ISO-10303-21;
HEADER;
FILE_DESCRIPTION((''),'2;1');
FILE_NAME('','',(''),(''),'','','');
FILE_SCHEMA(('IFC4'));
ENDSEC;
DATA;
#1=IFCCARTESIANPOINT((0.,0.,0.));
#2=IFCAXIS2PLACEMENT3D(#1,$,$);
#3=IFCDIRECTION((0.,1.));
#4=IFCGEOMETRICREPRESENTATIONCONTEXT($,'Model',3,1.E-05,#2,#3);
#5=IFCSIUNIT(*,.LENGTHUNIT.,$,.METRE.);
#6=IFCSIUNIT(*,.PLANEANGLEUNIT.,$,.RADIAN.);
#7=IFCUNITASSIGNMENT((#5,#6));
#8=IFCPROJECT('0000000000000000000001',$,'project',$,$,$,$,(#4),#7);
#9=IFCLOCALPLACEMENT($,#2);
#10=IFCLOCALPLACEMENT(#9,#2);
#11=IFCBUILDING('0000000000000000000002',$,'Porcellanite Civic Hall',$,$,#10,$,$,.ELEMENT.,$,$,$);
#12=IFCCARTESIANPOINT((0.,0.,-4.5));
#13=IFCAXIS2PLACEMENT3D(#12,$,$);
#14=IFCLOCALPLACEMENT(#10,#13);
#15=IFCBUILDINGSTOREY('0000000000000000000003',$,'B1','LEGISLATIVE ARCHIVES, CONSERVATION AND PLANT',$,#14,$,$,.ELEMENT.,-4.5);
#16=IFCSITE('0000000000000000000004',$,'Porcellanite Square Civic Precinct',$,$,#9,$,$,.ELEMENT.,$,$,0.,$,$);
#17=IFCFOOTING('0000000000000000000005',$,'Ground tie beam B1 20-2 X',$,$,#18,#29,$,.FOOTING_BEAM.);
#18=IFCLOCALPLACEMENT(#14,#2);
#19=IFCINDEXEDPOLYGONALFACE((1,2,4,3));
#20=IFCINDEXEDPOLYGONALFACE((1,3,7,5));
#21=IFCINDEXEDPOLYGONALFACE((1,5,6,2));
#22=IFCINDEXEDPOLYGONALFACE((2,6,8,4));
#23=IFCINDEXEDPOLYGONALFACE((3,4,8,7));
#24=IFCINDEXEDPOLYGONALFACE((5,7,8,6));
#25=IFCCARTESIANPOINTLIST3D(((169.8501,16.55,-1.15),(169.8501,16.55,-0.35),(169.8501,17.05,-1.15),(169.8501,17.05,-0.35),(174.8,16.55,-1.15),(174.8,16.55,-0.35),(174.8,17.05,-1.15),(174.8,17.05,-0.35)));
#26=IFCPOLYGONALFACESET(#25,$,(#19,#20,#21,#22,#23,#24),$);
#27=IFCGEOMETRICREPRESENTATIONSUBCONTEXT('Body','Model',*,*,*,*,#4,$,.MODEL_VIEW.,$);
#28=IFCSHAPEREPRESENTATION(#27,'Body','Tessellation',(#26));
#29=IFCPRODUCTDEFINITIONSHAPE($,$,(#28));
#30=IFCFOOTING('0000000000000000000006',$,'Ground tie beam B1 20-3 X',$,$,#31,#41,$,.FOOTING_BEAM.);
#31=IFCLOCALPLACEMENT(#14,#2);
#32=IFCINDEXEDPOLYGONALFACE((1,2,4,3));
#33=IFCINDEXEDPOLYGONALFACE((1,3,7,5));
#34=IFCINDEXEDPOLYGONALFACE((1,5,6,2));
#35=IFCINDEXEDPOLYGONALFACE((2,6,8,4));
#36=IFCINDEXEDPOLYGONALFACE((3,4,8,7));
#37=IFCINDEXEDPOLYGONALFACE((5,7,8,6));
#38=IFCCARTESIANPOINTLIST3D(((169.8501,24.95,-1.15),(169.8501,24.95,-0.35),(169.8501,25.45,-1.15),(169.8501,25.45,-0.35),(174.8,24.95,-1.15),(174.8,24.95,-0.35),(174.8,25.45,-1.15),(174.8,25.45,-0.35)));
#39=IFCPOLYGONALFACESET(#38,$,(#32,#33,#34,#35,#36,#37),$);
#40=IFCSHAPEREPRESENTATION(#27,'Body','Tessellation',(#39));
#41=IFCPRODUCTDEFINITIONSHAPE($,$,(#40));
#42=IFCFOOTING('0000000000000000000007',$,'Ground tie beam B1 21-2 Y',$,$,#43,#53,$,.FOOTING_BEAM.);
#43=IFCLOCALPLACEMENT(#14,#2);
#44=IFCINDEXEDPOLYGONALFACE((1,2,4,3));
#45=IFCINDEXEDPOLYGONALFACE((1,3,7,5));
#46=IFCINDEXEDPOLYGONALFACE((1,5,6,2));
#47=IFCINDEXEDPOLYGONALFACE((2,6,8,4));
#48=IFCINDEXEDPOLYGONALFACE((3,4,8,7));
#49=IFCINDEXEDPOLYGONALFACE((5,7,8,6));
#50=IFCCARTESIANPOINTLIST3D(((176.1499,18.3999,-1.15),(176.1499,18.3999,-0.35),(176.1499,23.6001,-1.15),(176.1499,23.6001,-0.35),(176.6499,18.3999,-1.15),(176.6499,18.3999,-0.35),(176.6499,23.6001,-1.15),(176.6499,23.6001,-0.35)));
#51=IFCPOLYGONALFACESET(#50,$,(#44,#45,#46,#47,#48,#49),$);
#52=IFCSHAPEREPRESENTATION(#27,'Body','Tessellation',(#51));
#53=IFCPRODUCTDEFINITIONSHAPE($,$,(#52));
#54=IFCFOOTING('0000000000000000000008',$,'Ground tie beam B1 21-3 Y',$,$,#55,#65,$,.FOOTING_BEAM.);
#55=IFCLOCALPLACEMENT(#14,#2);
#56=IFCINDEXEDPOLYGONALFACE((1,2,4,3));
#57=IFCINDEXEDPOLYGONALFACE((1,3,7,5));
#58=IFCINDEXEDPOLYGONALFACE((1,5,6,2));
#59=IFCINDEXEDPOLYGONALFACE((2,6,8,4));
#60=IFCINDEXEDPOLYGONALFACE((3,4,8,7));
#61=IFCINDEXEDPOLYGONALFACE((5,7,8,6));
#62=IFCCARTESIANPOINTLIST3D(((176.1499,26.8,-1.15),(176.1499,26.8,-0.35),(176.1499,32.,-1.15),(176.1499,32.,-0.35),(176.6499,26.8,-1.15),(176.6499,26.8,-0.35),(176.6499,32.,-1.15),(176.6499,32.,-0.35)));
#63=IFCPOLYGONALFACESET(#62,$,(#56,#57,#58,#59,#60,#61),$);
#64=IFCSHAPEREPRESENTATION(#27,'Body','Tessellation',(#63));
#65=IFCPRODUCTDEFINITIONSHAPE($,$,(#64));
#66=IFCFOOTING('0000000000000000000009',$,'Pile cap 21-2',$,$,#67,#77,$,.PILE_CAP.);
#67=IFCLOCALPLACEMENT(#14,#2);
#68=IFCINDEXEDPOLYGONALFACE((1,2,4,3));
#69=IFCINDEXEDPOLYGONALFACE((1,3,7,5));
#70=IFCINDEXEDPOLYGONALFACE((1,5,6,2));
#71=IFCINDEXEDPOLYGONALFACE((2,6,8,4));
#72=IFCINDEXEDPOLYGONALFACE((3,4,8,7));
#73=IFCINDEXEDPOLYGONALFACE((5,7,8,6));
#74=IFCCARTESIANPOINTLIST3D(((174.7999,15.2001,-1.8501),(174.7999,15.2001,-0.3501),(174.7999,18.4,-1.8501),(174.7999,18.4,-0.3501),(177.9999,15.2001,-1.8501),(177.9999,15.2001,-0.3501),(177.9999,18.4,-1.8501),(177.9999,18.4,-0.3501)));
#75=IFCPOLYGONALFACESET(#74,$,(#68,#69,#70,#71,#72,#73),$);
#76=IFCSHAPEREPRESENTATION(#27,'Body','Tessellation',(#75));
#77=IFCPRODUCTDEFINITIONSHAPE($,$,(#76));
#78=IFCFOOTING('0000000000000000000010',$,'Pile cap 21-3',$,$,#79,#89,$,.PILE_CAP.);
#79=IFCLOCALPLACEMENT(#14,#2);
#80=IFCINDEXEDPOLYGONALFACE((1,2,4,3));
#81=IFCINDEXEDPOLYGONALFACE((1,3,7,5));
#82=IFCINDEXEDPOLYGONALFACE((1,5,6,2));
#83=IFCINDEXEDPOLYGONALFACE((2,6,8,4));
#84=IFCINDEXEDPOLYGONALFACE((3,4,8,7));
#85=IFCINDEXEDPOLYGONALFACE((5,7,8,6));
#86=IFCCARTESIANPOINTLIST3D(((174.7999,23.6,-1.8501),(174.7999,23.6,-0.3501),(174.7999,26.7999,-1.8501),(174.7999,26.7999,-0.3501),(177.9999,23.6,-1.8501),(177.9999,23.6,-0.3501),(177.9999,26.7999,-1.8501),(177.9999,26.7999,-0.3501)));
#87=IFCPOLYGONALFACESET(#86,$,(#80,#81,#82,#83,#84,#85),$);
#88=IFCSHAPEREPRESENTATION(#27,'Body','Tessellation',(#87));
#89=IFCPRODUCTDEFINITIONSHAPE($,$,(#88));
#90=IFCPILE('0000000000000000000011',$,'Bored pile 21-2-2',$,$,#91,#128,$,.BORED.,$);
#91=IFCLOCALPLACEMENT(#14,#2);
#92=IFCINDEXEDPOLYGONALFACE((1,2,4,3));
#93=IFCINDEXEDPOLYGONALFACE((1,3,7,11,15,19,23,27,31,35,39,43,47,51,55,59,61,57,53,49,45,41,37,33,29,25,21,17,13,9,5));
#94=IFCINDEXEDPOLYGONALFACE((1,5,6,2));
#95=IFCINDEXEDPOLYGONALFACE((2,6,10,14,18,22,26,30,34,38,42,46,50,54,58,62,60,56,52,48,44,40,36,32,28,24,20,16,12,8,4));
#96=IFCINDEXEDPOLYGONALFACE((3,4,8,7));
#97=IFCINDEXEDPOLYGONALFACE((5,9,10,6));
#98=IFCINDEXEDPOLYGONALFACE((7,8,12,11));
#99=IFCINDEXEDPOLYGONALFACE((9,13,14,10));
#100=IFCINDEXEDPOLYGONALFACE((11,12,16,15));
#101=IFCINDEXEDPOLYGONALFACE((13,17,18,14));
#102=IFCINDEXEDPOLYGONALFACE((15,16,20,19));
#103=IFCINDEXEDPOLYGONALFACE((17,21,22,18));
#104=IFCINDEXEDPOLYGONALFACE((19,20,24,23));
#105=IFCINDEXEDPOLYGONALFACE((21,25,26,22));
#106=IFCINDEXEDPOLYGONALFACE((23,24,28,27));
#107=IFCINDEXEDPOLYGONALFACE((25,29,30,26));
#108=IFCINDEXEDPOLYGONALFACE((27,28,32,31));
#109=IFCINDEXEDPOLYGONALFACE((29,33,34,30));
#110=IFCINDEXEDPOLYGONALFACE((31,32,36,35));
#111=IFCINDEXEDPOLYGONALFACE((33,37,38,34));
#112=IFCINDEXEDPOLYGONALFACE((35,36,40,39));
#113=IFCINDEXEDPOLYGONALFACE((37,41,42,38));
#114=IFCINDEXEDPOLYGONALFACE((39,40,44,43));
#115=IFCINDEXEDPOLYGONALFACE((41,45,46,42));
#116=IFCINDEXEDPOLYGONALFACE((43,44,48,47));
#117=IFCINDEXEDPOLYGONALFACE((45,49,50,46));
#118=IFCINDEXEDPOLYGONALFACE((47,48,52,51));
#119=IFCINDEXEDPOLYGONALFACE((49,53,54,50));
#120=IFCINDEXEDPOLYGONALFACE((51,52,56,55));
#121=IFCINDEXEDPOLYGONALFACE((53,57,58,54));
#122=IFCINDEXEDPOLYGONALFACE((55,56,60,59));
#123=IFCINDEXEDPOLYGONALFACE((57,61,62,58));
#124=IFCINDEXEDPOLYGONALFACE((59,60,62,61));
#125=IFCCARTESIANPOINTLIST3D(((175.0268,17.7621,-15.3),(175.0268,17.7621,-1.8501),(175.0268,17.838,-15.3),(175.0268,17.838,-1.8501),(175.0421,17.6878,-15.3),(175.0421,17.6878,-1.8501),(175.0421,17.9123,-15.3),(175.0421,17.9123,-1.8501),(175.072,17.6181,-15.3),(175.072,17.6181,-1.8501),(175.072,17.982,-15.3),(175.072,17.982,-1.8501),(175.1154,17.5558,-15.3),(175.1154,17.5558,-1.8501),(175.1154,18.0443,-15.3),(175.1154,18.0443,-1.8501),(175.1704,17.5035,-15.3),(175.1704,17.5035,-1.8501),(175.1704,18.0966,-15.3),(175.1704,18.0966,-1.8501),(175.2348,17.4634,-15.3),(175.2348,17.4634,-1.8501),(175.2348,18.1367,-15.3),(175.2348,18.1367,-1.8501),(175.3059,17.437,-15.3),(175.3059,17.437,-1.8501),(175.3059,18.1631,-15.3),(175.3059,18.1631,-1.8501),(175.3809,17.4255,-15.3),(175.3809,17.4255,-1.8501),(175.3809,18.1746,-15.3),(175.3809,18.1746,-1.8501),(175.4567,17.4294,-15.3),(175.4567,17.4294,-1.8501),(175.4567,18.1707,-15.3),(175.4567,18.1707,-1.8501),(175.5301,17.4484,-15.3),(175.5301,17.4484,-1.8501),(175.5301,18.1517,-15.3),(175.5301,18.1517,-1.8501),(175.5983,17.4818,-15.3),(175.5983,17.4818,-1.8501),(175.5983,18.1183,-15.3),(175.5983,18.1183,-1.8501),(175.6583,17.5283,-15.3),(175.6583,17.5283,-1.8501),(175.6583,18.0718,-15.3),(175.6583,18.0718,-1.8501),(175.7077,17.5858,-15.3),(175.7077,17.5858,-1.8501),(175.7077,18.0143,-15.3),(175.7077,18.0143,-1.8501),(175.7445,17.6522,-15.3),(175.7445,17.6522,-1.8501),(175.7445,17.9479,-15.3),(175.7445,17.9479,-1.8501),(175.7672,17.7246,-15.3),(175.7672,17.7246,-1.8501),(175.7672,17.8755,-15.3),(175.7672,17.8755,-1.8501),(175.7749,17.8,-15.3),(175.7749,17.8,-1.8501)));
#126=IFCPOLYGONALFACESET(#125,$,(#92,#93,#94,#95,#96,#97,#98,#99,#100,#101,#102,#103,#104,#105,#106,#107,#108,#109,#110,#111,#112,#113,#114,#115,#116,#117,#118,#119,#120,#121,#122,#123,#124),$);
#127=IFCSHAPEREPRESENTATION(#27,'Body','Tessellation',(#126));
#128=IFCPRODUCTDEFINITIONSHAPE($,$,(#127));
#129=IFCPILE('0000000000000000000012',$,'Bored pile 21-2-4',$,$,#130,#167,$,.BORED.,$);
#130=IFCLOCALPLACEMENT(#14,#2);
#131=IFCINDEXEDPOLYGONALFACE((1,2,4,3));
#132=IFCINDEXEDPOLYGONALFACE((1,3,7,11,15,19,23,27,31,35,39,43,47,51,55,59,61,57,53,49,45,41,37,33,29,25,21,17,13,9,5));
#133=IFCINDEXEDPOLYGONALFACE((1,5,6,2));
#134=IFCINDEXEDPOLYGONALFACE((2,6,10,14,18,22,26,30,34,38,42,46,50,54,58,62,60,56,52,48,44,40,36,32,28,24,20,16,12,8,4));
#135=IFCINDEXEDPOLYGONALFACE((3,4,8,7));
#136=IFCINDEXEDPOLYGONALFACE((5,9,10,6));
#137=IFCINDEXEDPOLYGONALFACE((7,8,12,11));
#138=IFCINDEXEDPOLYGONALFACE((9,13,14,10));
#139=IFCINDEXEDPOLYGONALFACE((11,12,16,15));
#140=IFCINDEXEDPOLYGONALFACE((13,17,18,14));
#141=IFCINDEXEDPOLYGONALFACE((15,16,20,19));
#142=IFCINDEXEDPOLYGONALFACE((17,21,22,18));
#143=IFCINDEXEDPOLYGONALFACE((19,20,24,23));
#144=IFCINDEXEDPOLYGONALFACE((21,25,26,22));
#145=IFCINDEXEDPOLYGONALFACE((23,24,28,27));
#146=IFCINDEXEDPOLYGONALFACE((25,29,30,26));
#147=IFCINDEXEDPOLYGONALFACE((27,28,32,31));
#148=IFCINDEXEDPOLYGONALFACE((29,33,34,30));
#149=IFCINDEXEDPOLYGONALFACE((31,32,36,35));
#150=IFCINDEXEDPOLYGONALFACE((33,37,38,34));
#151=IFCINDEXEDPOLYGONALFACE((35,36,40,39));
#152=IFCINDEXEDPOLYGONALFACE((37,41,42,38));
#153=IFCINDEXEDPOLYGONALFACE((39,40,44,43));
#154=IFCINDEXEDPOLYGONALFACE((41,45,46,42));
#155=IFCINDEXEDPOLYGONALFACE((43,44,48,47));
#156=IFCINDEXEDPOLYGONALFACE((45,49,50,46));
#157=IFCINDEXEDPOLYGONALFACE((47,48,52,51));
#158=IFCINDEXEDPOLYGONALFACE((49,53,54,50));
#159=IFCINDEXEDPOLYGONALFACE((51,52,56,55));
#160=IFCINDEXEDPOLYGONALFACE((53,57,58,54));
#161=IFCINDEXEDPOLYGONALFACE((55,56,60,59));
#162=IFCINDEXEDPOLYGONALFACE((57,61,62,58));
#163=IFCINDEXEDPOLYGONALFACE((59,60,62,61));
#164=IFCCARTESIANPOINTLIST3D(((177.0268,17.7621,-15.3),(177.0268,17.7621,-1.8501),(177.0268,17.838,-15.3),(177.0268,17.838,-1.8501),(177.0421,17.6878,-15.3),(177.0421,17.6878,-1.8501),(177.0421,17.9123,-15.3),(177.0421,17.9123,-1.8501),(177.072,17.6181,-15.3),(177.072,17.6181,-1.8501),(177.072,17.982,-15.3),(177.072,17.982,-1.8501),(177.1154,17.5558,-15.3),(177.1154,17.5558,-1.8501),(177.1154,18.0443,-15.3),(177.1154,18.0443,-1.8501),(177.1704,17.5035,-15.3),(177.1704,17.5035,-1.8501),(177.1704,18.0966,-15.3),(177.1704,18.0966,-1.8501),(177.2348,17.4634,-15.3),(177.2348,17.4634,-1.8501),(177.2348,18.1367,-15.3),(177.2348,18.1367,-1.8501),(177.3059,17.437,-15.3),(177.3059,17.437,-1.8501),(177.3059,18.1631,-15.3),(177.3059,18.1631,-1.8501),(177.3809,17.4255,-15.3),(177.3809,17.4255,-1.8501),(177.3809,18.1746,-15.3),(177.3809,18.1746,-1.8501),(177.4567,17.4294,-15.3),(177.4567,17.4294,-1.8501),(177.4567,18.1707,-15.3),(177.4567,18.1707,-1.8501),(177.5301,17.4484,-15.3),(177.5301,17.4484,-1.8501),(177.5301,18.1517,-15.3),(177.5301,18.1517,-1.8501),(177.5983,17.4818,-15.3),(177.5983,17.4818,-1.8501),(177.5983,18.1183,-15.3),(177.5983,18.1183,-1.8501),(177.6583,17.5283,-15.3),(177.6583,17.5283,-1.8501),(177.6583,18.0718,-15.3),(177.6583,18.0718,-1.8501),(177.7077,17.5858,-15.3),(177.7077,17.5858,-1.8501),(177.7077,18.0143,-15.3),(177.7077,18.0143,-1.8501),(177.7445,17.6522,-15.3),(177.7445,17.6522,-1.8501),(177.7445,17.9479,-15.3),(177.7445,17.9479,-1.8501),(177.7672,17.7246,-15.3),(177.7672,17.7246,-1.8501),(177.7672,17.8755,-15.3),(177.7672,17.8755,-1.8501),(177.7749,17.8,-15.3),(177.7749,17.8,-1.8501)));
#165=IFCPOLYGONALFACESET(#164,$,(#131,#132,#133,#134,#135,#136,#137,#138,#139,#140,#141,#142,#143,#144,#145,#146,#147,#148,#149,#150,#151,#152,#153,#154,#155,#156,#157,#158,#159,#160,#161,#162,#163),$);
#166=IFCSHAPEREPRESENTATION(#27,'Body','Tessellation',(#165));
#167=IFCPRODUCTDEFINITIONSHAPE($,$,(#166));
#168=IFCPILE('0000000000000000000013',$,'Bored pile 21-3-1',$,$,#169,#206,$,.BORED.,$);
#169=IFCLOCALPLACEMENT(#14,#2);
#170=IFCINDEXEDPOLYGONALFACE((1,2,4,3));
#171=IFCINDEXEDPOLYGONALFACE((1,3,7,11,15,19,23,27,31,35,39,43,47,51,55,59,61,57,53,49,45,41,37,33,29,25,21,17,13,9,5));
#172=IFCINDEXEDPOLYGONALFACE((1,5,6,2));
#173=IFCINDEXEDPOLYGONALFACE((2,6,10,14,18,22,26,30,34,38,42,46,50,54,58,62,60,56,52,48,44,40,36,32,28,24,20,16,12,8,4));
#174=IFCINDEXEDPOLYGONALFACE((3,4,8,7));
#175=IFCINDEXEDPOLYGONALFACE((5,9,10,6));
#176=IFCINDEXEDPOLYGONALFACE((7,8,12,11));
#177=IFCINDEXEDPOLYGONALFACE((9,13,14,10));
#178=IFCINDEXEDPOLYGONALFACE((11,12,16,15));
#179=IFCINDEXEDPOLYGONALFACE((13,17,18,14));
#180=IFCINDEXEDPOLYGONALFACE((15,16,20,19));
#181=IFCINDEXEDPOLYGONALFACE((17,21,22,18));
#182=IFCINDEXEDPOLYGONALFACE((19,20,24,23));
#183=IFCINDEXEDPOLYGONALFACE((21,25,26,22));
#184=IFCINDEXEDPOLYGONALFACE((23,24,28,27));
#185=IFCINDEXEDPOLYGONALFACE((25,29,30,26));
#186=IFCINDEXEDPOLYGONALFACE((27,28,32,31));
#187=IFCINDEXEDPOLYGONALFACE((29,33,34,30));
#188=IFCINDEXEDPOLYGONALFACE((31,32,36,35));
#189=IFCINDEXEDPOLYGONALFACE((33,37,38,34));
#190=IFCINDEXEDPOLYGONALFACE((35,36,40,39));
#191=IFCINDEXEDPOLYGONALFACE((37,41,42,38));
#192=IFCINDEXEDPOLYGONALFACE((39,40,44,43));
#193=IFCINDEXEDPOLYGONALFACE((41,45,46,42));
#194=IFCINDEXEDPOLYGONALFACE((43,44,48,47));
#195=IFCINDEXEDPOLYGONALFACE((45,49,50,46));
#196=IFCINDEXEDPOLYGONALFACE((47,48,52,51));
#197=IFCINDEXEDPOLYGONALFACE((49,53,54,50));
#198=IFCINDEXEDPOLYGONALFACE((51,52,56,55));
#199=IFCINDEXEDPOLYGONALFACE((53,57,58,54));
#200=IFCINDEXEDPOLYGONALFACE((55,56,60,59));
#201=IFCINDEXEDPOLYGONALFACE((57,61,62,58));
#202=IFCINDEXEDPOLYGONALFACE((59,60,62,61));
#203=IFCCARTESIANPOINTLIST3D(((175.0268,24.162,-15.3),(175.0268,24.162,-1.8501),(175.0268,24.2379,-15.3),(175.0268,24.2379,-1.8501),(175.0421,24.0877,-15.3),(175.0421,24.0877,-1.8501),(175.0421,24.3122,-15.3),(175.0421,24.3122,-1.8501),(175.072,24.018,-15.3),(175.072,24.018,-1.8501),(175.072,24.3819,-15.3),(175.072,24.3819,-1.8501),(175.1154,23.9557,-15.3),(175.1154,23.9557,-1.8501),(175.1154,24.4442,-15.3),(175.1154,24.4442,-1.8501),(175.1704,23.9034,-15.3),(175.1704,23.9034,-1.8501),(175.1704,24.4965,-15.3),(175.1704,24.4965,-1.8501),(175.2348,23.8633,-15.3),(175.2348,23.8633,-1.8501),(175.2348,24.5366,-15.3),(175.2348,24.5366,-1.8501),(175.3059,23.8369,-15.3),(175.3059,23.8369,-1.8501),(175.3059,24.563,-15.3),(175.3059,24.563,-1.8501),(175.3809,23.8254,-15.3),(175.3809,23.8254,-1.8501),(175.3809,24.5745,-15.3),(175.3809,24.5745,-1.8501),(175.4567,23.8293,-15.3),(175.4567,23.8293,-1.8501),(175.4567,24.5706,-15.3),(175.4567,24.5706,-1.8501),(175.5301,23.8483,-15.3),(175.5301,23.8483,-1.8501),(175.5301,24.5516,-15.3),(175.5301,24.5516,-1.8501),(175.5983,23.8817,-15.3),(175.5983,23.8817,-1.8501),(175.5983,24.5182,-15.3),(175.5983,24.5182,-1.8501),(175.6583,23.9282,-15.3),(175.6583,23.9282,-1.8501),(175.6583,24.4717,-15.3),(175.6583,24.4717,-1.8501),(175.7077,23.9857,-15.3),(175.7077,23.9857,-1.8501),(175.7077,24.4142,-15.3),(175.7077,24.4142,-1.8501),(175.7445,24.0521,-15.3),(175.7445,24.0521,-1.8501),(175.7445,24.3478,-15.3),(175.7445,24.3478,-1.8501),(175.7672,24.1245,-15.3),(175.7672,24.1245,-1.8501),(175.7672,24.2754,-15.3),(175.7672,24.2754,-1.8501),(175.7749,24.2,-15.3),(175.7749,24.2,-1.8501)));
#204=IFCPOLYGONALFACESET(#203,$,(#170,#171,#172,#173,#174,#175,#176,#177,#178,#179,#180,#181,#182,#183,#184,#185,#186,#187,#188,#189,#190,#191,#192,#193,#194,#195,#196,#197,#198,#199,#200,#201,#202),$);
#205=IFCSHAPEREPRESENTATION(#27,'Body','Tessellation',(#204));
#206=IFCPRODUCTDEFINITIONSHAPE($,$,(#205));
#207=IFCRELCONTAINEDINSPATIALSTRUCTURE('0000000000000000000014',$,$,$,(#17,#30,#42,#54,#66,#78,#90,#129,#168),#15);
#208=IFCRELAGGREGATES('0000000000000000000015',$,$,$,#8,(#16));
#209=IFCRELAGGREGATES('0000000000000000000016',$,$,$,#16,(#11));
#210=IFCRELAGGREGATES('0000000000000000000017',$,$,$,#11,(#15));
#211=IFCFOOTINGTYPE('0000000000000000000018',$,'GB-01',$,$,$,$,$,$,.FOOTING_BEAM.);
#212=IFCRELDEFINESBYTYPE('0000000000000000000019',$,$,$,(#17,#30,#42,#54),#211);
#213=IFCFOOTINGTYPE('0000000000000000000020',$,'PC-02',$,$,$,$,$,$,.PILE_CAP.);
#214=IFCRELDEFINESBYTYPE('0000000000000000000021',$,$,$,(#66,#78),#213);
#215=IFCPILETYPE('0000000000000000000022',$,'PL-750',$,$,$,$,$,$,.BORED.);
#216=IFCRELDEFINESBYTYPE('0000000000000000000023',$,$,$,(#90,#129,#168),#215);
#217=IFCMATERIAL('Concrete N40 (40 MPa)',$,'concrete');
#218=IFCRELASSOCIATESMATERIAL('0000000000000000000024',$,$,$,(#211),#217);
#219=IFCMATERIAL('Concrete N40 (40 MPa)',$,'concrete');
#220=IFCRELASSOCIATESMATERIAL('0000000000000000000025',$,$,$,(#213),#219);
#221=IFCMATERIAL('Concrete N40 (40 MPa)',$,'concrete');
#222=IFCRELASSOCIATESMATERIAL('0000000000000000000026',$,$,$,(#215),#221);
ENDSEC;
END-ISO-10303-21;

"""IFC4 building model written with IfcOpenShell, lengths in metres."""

from ifc_helpers import new_model, si_unit, direction, frame, origin, origin_2d, place, context, subcontext, project, spatial, rectangle, circle, extrude, material, material_profile, profile_set, type_object, element, save


model = new_model("IFC4")

# Units and contexts
model_context = context("Model", 3, precision=1e-05, world=origin(), true_north=direction((0.0, 1.0)))
body_context = subcontext(model_context, "Body", "Model", "MODEL_VIEW")
ifc_project = project(units=[si_unit("LENGTHUNIT", "METRE"), si_unit("PLANEANGLEUNIT", "RADIAN")], contexts=[model_context])

# Site, building, storey
site_placement = place(None, origin())
site = spatial("IfcSite", under=ifc_project, at=site_placement, Name="Porcellanite Square Civic Precinct", CompositionType="ELEMENT", RefElevation=0.0)
building_placement = place(site_placement, origin())
building = spatial("IfcBuilding", under=site, at=building_placement, Name="Porcellanite Civic Hall", CompositionType="ELEMENT")
storey_placement = place(building_placement, frame((0.0, 0.0, -4.5)))
storey = spatial("IfcBuildingStorey", under=building, at=storey_placement, Name="B1", Description="LEGISLATIVE ARCHIVES, CONSERVATION AND PLANT", CompositionType="ELEMENT", Elevation=-4.5)

# Footings
ifc_material_1 = material(Name="Concrete N40 (40 MPa)", Category="concrete")
ifc_material_profile_1 = material_profile(ifc_material_1, rectangle(XDim=0.5, YDim=0.8, at=origin_2d()), Name="RC-500x800")
ifc_profile_set_1 = profile_set([ifc_material_profile_1], Name="Concrete N40 (40 MPa)")
footing_type_1 = type_object("IfcFootingType", Name="GB-01", PredefinedType="FOOTING_BEAM", material=ifc_profile_set_1)
for number, where, z_axis, x_axis, name in (
    (1, (169.8501, 16.8, -0.75), (1.0, 0.0, 0.0), (0.0, 1.0, 0.0), "Ground tie beam B1 20-2 X"),
    (2, (169.8501, 25.2, -0.75), (1.0, 0.0, 0.0), (0.0, 1.0, 0.0), "Ground tie beam B1 20-3 X"),
):
    element("IfcFooting", number, at=place(storey_placement, frame(where, z_axis=z_axis, x_axis=x_axis)), inside=storey, type_object=footing_type_1, Name=name, PredefinedType="FOOTING_BEAM", context=body_context, shape_type="SweptSolid", body=[
        extrude(rectangle(XDim=0.5, YDim=0.8, at=origin_2d()), origin(), (0.0, 0.0, 1.0), 4.95),
    ])
footing_1_placement = place(storey_placement, frame((176.3999, 18.3999, -0.75), z_axis=(0.0, 1.0, 0.0), x_axis=(-1.0, 0.0, 0.0)))
element("IfcFooting", 3, at=footing_1_placement, inside=storey, type_object=footing_type_1, Name="Ground tie beam B1 21-2 Y", PredefinedType="FOOTING_BEAM", context=body_context, shape_type="SweptSolid", body=[
    extrude(rectangle(XDim=0.5, YDim=0.8, at=origin_2d()), origin(), (0.0, 0.0, 1.0), 5.2002),
])
footing_2_placement = place(storey_placement, frame((176.3999, 26.8, -0.75), z_axis=(0.0, 1.0, 0.0), x_axis=(-1.0, 0.0, 0.0)))
element("IfcFooting", 4, at=footing_2_placement, inside=storey, type_object=footing_type_1, Name="Ground tie beam B1 21-3 Y", PredefinedType="FOOTING_BEAM", context=body_context, shape_type="SweptSolid", body=[
    extrude(rectangle(XDim=0.5, YDim=0.8, at=origin_2d()), origin(), (0.0, 0.0, 1.0), 5.2),
])
ifc_material_2 = material(Name="Concrete N40 (40 MPa)", Category="concrete")
footing_type_2 = type_object("IfcFootingType", Name="PC-02", PredefinedType="PILE_CAP", material=ifc_material_2)
for number, where, z_axis, x_axis, name in (
    (5, (176.3999, 16.8, -1.8501), (0.0, 0.0, 1.0), (1.0, 0.0, 0.0), "Pile cap 21-2"),
    (6, (176.3999, 25.2, -1.8501), (0.0, 0.0, 1.0), (1.0, 0.0, 0.0), "Pile cap 21-3"),
):
    element("IfcFooting", number, at=place(storey_placement, frame(where, z_axis=z_axis, x_axis=x_axis)), inside=storey, type_object=footing_type_2, Name=name, PredefinedType="PILE_CAP", context=body_context, shape_type="SweptSolid", body=[
        extrude(rectangle(XDim=3.2, YDim=3.2, at=origin_2d()), origin(), (0.0, 0.0, 1.0), 1.5),
    ])

# Piles
ifc_material_3 = material(Name="Concrete N40 (40 MPa)", Category="concrete")
ifc_material_profile_2 = material_profile(ifc_material_3, circle(Radius=0.375, at=origin_2d()), Name="PILE-D750")
ifc_profile_set_2 = profile_set([ifc_material_profile_2], Name="Concrete N40 (40 MPa)")
pile_type_1 = type_object("IfcPileType", Name="PL-750", PredefinedType="BORED", material=ifc_profile_set_2)
for number, where, z_axis, x_axis, name in (
    (7, (175.3999, 17.8, -1.8501), (0.0, 0.0, -1.0), (1.0, 0.0, 0.0), "Bored pile 21-2-2"),
    (8, (177.3999, 17.8, -1.8501), (0.0, 0.0, -1.0), (1.0, 0.0, 0.0), "Bored pile 21-2-4"),
    (9, (175.3999, 24.2, -1.8501), (0.0, 0.0, -1.0), (1.0, 0.0, 0.0), "Bored pile 21-3-1"),
):
    element("IfcPile", number, at=place(storey_placement, frame(where, z_axis=z_axis, x_axis=x_axis)), inside=storey, type_object=pile_type_1, Name=name, PredefinedType="BORED", context=body_context, shape_type="SweptSolid", body=[
        extrude(circle(Radius=0.375, at=origin_2d()), origin(), (0.0, 0.0, 1.0), 13.45),
    ])

save(model, "model.ifc")
